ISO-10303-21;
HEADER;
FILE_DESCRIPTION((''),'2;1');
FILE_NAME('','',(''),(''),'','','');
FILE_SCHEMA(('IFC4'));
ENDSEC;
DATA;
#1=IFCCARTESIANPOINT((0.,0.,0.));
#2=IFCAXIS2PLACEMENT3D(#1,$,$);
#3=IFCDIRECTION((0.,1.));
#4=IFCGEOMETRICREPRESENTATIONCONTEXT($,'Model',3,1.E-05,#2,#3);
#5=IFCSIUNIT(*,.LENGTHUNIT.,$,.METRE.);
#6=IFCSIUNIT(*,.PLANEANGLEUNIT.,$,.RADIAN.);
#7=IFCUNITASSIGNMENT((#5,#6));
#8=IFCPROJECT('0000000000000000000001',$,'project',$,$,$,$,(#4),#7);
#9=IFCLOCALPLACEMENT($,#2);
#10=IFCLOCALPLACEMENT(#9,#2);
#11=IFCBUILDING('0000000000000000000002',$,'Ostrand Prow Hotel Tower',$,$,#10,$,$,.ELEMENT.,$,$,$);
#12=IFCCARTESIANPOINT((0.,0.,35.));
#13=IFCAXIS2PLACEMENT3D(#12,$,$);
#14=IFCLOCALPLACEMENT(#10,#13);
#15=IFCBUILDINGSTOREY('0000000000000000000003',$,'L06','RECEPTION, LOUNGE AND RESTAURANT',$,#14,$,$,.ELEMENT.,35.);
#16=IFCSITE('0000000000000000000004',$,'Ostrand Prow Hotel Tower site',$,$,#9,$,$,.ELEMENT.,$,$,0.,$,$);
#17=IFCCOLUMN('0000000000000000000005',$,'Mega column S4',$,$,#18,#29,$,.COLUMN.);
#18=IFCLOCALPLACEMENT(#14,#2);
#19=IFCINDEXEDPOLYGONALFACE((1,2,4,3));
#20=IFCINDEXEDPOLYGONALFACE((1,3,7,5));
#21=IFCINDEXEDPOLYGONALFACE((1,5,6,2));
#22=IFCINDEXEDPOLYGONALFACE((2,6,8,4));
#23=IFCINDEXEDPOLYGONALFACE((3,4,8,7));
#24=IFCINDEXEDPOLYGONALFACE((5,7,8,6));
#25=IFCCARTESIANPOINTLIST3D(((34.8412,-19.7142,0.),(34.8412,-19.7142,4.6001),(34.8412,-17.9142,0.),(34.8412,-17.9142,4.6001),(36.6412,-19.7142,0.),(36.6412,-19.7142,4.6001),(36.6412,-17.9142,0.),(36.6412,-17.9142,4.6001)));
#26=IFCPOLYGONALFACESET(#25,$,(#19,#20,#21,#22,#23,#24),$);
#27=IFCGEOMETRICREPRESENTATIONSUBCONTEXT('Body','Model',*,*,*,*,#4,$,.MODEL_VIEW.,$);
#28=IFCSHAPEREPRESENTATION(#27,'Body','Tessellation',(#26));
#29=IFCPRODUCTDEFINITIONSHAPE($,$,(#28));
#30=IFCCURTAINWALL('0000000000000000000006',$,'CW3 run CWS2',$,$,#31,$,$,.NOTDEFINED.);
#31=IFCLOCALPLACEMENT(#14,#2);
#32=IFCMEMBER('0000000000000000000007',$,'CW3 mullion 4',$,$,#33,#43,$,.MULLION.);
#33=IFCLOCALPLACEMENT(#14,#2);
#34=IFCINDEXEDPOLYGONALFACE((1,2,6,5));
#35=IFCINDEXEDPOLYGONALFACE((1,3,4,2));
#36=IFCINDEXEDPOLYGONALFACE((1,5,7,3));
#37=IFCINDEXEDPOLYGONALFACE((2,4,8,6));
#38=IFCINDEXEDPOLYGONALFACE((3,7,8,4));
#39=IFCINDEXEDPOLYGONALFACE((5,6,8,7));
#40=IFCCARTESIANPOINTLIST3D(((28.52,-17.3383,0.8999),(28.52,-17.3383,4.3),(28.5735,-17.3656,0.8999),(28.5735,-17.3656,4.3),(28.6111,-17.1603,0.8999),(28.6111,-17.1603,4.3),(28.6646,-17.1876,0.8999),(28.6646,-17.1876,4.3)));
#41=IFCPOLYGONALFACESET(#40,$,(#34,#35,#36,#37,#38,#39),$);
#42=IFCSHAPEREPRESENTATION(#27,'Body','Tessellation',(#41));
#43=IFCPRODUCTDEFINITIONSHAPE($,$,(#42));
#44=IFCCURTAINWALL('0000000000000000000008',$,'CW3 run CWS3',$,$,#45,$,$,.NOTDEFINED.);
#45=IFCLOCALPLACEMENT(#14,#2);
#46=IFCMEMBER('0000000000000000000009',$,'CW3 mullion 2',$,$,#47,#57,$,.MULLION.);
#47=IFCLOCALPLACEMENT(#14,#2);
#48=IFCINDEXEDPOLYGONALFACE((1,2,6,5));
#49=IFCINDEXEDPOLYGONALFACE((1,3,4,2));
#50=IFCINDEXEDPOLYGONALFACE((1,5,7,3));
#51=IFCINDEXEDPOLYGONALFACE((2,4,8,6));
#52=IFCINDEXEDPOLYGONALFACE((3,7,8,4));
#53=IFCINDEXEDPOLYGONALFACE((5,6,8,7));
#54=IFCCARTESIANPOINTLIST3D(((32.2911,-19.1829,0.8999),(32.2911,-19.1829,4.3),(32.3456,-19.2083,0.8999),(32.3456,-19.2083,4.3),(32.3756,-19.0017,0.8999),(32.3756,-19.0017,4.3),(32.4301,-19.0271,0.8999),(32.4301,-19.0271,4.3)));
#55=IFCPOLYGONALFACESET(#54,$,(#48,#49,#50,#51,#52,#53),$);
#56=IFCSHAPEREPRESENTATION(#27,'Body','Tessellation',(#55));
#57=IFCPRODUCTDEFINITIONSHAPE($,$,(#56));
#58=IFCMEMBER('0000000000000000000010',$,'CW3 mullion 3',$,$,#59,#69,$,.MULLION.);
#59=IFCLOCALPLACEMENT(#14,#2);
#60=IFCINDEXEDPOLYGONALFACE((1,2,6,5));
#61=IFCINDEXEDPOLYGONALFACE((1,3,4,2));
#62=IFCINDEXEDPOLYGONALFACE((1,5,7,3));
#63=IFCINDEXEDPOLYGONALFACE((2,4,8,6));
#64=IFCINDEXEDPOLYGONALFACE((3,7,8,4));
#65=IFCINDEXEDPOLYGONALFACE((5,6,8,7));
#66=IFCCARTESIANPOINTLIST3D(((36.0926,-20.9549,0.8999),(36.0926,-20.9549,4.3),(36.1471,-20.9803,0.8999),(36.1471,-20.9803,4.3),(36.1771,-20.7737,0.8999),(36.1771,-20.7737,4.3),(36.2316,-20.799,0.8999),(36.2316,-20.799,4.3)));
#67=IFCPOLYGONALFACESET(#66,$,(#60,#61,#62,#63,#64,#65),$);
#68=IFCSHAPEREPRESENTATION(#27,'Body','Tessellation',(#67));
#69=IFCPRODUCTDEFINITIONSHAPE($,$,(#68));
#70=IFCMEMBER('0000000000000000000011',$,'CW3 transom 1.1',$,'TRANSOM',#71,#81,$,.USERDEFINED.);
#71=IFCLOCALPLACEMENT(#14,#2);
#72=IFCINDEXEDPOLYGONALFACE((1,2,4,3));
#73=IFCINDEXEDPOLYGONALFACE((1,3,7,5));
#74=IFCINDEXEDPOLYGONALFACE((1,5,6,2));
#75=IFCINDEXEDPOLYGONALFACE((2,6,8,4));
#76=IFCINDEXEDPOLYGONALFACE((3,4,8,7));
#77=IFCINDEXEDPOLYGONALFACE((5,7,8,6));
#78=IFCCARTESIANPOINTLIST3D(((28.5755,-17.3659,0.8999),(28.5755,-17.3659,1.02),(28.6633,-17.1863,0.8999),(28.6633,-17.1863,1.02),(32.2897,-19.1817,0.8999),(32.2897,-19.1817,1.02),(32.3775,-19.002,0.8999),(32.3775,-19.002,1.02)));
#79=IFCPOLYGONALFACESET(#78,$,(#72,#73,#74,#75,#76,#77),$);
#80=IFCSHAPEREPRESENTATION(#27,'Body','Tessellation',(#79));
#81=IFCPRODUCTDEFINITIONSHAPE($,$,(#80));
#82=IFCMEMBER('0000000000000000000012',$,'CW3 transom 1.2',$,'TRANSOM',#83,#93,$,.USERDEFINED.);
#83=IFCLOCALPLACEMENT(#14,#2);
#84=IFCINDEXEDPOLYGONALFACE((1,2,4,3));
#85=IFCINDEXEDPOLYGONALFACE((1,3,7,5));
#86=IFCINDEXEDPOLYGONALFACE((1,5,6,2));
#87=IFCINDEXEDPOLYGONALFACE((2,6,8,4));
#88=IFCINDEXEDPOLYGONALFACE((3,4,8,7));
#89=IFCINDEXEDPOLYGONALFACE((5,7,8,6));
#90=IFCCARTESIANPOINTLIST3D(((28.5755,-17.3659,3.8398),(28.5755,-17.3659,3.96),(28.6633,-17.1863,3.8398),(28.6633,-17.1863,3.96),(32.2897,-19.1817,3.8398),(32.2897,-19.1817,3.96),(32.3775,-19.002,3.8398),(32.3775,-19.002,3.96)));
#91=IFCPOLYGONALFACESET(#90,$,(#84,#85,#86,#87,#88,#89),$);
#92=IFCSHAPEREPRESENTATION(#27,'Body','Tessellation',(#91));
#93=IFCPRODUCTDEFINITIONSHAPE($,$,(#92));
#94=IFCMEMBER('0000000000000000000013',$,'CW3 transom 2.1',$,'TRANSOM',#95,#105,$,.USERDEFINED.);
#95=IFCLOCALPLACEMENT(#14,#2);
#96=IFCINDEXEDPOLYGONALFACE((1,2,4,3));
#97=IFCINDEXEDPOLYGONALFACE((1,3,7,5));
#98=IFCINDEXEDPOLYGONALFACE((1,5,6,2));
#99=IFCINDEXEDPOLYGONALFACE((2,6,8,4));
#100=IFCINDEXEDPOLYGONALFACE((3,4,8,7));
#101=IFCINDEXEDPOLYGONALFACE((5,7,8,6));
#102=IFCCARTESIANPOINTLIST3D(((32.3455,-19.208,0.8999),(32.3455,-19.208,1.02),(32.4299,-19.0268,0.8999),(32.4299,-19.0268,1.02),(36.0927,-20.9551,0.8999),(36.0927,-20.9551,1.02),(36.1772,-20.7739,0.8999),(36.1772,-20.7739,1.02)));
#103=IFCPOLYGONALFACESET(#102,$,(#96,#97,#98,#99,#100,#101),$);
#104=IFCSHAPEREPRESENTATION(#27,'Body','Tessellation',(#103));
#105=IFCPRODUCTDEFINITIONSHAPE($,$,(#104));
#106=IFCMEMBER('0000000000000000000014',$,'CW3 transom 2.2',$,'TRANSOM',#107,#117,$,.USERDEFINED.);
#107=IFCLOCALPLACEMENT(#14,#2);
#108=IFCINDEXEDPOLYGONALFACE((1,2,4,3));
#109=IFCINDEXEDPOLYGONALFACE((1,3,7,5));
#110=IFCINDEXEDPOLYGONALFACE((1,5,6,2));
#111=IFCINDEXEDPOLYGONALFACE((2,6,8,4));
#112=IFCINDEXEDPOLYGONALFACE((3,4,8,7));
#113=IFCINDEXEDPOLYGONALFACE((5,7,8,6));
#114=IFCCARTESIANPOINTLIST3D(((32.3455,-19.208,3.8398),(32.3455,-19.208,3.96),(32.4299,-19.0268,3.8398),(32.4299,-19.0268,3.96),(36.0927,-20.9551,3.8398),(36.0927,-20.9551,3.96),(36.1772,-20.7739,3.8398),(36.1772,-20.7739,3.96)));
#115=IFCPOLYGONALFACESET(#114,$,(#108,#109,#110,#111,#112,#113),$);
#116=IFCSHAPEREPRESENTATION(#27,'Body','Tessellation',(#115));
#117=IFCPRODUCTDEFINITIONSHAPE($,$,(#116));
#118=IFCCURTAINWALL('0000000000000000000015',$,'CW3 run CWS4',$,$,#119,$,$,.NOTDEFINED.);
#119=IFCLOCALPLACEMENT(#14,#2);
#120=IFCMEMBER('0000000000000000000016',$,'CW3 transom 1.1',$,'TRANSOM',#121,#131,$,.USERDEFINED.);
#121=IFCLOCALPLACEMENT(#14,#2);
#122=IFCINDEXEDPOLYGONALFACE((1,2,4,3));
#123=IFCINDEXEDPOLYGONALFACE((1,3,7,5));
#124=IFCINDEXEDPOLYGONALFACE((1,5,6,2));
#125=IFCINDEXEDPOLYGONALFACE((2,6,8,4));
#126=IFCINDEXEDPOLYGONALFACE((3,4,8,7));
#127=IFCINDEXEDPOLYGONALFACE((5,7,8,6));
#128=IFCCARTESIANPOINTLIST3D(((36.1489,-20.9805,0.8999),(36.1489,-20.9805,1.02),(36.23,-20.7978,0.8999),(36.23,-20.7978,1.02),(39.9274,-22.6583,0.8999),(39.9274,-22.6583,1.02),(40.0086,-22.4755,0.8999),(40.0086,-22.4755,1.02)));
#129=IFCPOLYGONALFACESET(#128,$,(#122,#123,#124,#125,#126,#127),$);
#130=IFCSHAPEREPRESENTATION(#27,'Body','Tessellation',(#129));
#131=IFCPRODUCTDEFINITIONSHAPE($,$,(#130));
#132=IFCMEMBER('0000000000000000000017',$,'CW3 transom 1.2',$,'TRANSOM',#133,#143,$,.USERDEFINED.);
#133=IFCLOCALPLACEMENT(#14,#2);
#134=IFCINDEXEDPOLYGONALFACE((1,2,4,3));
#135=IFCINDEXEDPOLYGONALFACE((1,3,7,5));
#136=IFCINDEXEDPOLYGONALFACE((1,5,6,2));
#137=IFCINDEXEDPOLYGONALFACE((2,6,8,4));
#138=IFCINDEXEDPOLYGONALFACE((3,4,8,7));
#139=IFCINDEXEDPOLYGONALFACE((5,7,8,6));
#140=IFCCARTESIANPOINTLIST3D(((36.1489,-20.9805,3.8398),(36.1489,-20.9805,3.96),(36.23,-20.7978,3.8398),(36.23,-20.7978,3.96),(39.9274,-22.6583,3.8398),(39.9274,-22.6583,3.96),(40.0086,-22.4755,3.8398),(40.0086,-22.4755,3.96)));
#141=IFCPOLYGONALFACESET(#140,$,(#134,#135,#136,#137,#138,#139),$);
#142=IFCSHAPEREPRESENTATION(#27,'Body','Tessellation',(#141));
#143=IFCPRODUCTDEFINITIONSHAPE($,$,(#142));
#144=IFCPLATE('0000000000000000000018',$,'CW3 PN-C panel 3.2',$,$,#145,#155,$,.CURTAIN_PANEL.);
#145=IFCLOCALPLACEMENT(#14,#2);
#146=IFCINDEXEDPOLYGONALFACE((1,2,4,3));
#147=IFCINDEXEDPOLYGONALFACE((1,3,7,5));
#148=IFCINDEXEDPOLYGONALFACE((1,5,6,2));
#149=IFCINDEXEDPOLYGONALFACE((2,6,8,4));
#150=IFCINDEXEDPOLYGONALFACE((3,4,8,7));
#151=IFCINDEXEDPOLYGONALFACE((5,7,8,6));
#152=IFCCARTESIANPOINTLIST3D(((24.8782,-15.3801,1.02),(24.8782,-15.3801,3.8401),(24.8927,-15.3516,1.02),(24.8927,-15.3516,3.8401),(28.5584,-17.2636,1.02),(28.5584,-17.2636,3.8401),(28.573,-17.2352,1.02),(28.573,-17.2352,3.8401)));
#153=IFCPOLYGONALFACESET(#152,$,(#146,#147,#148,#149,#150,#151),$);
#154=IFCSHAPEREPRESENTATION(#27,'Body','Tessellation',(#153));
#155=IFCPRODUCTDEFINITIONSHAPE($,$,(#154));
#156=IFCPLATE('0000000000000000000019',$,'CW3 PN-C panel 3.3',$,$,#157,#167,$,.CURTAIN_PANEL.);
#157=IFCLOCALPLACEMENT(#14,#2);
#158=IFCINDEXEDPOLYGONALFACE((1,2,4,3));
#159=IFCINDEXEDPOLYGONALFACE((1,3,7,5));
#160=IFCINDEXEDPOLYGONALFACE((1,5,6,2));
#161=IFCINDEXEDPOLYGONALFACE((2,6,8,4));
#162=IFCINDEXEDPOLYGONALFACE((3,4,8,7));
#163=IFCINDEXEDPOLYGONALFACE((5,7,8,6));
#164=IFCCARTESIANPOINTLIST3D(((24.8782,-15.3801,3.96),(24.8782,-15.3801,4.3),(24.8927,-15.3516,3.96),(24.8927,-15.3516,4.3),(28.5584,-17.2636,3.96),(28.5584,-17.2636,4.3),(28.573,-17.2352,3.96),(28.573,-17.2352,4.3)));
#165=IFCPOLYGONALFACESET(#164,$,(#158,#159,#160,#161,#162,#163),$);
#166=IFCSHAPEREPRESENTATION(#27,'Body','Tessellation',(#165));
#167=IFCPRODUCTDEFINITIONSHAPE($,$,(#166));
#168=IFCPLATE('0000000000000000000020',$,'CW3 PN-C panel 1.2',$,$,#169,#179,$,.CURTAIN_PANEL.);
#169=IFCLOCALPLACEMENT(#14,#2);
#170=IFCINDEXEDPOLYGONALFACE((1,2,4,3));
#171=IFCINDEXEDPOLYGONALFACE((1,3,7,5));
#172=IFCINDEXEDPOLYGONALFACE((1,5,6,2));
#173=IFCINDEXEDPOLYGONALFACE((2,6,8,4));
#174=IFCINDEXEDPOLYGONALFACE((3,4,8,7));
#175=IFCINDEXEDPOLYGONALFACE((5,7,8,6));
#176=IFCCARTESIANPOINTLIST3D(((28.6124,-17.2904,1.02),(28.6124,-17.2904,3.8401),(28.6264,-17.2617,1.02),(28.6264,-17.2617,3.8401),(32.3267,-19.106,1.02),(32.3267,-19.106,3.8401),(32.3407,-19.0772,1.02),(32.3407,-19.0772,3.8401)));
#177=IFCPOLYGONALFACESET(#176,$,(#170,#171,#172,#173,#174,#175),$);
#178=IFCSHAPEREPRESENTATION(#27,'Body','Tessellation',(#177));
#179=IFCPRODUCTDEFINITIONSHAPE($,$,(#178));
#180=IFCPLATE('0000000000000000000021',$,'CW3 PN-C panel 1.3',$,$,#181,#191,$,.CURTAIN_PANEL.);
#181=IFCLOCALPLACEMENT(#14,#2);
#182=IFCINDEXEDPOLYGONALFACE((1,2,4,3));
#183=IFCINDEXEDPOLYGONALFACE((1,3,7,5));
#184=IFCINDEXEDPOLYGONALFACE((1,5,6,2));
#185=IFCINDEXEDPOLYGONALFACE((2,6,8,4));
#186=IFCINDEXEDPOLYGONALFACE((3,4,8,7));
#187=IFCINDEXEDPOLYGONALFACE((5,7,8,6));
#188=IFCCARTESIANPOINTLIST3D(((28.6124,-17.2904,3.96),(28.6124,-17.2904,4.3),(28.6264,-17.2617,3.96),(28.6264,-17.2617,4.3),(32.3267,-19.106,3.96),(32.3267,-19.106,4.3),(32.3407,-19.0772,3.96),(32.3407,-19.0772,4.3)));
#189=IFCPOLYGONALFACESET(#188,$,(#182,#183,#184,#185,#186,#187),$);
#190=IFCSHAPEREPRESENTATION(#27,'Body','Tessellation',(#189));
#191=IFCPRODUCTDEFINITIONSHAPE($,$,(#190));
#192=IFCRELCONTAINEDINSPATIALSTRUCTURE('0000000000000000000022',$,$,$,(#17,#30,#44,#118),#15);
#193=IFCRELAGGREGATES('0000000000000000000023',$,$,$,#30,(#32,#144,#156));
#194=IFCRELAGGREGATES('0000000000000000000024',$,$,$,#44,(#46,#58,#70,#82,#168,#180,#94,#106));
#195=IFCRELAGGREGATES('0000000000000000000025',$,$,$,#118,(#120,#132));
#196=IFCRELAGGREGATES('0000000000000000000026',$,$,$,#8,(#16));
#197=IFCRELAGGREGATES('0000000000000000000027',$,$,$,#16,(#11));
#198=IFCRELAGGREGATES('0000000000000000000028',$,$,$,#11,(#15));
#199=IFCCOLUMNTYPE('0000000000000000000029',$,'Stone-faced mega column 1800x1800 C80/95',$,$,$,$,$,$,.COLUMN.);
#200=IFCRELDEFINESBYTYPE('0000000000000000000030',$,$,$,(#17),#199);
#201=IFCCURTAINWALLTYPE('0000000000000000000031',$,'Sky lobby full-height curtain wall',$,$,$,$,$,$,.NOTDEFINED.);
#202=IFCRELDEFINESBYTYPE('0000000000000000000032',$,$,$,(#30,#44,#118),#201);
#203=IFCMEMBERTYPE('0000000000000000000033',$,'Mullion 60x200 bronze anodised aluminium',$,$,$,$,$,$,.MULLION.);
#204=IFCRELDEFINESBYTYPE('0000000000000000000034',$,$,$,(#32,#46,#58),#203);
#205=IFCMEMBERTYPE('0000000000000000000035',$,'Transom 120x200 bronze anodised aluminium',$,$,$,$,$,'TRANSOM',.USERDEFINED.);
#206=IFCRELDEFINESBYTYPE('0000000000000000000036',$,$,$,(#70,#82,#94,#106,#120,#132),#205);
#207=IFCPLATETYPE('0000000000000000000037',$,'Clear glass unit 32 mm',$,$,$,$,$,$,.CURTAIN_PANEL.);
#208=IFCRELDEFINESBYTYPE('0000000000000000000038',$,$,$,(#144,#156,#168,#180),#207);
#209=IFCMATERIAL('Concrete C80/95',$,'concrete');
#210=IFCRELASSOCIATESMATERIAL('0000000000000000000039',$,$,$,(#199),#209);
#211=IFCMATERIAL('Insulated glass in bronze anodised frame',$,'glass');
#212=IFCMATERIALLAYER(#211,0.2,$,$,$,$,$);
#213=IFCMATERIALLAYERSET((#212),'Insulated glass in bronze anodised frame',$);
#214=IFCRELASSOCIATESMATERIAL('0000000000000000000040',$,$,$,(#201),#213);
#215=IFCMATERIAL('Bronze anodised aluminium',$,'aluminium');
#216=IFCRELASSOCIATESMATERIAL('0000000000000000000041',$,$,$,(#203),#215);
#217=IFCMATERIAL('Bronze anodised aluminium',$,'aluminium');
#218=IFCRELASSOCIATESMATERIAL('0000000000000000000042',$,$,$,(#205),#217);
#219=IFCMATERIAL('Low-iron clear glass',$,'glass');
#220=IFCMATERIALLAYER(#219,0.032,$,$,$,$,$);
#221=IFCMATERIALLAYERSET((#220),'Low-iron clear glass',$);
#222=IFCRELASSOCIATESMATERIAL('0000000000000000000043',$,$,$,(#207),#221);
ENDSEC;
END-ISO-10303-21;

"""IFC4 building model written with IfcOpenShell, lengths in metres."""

from ifc_helpers import new_model, si_unit, direction, frame, origin, origin_2d, place, context, subcontext, project, spatial, rectangle, extrude, material, layer, layer_set, material_profile, profile_set, type_object, element, aggregate, save


model = new_model("IFC4")

# Units and contexts
model_context = context("Model", 3, precision=1e-05, world=origin(), true_north=direction((0.0, 1.0)))
body_context = subcontext(model_context, "Body", "Model", "MODEL_VIEW")
ifc_project = project(units=[si_unit("LENGTHUNIT", "METRE"), si_unit("PLANEANGLEUNIT", "RADIAN")], contexts=[model_context])

# Site, building, storey
site_placement = place(None, origin())
site = spatial("IfcSite", under=ifc_project, at=site_placement, Name="Ostrand Prow Hotel Tower site", CompositionType="ELEMENT", RefElevation=0.0)
building_placement = place(site_placement, origin())
building = spatial("IfcBuilding", under=site, at=building_placement, Name="Ostrand Prow Hotel Tower", CompositionType="ELEMENT")
storey_placement = place(building_placement, frame((0.0, 0.0, 35.0)))
storey = spatial("IfcBuildingStorey", under=building, at=storey_placement, Name="L06", Description="RECEPTION, LOUNGE AND RESTAURANT", CompositionType="ELEMENT", Elevation=35.0)

# Column
ifc_material_1 = material(Name="Concrete C80/95", Category="concrete")
ifc_material_profile_1 = material_profile(ifc_material_1, rectangle(XDim=1.8, YDim=1.8, at=origin_2d()), Name="RC 1800x1800")
ifc_profile_set_1 = profile_set([ifc_material_profile_1], Name="Concrete C80/95")
column_type = type_object("IfcColumnType", Name="Stone-faced mega column 1800x1800 C80/95", PredefinedType="COLUMN", material=ifc_profile_set_1)
column_placement = place(storey_placement, frame((35.7412, -18.8142, 0.0), z_axis=(0.0, 0.0, 1.0), x_axis=(1.0, 0.0, 0.0)))
element("IfcColumn", 1, at=column_placement, inside=storey, type_object=column_type, Name="Mega column S4", PredefinedType="COLUMN", context=body_context, shape_type="SweptSolid", body=[
    extrude(rectangle(XDim=1.8, YDim=1.8, at=origin_2d()), origin(), (0.0, 0.0, 1.0), 4.6001),
])

# Curtain wall, member
ifc_material_2 = material(Name="Insulated glass in bronze anodised frame", Category="glass")
ifc_layer_1 = layer(ifc_material_2, 0.2)
ifc_layer_set_1 = layer_set([ifc_layer_1], Name="Insulated glass in bronze anodised frame")
curtain_wall_type = type_object("IfcCurtainWallType", Name="Sky lobby full-height curtain wall", PredefinedType="NOTDEFINED", material=ifc_layer_set_1)
curtain_wall_1_placement = place(storey_placement, origin())
curtain_wall_1 = element("IfcCurtainWall", 2, at=curtain_wall_1_placement, inside=storey, type_object=curtain_wall_type, Name="CW3 run CWS2", PredefinedType="NOTDEFINED")
ifc_material_3 = material(Name="Bronze anodised aluminium", Category="aluminium")
ifc_material_profile_2 = material_profile(ifc_material_3, rectangle(XDim=0.2, YDim=0.0601, at=origin_2d()), Name="Mullion 60x200 bronze anodised aluminium")
ifc_profile_set_2 = profile_set([ifc_material_profile_2], Name="Bronze anodised aluminium")
member_type_1 = type_object("IfcMemberType", Name="Mullion 60x200 bronze anodised aluminium", PredefinedType="MULLION", material=ifc_profile_set_2)
member_1_placement = place(storey_placement, frame((28.5923, -17.2629, 0.8999), z_axis=(0.0, 0.0, 1.0), x_axis=(0.455596, 0.890187, 0.0)))
member_1 = element("IfcMember", 3, at=member_1_placement, type_object=member_type_1, Name="CW3 mullion 4", PredefinedType="MULLION", context=body_context, shape_type="SweptSolid", body=[
    extrude(rectangle(XDim=0.2, YDim=0.0601, at=origin_2d()), origin(), (0.0, 0.0, 1.0), 3.4001),
])

# Curtain walls, members
curtain_wall_2_placement = place(storey_placement, origin())
curtain_wall_2 = element("IfcCurtainWall", 4, at=curtain_wall_2_placement, inside=storey, type_object=curtain_wall_type, Name="CW3 run CWS3", PredefinedType="NOTDEFINED")
member_2_placement = place(storey_placement, frame((32.3606, -19.105, 0.8999), z_axis=(0.0, 0.0, 1.0), x_axis=(0.42253, 0.906349, 0.0)))
member_2 = element("IfcMember", 5, at=member_2_placement, type_object=member_type_1, Name="CW3 mullion 2", PredefinedType="MULLION", context=body_context, shape_type="SweptSolid", body=[
    extrude(rectangle(XDim=0.2, YDim=0.0601, at=origin_2d()), origin(), (0.0, 0.0, 1.0), 3.4001),
])
member_3_placement = place(storey_placement, frame((36.1621, -20.877, 0.8999), z_axis=(0.0, 0.0, 1.0), x_axis=(0.42253, 0.906349, 0.0)))
member_3 = element("IfcMember", 6, at=member_3_placement, type_object=member_type_1, Name="CW3 mullion 3", PredefinedType="MULLION", context=body_context, shape_type="SweptSolid", body=[
    extrude(rectangle(XDim=0.2, YDim=0.0601, at=origin_2d()), origin(), (0.0, 0.0, 1.0), 3.4001),
])
ifc_material_4 = material(Name="Bronze anodised aluminium", Category="aluminium")
ifc_material_profile_3 = material_profile(ifc_material_4, rectangle(XDim=0.2, YDim=0.1201, at=origin_2d()), Name="Transom 120x200 bronze anodised aluminium")
ifc_profile_set_3 = profile_set([ifc_material_profile_3], Name="Bronze anodised aluminium")
member_type_2 = type_object("IfcMemberType", Name="Transom 120x200 bronze anodised aluminium", ElementType="TRANSOM", PredefinedType="USERDEFINED", material=ifc_profile_set_3)
member_4_placement = place(storey_placement, frame((28.6194, -17.2761, 0.96), z_axis=(0.898395, -0.439188, 0.0), x_axis=(0.439188, 0.898395, 0.0)))
member_4 = element("IfcMember", 7, at=member_4_placement, type_object=member_type_2, Name="CW3 transom 1.1", ObjectType="TRANSOM", PredefinedType="USERDEFINED", context=body_context, shape_type="SweptSolid", body=[
    extrude(rectangle(XDim=0.2, YDim=0.1201, at=origin_2d()), origin(), (0.0, 0.0, 1.0), 4.1343),
])
member_5_placement = place(storey_placement, frame((28.6194, -17.2761, 3.8999), z_axis=(0.898395, -0.439188, 0.0), x_axis=(0.439188, 0.898395, 0.0)))
member_5 = element("IfcMember", 8, at=member_5_placement, type_object=member_type_2, Name="CW3 transom 1.2", ObjectType="TRANSOM", PredefinedType="USERDEFINED", context=body_context, shape_type="SweptSolid", body=[
    extrude(rectangle(XDim=0.2, YDim=0.1201, at=origin_2d()), origin(), (0.0, 0.0, 1.0), 4.1343),
])
member_6_placement = place(storey_placement, frame((32.3877, -19.1174, 0.96), z_axis=(0.906338, -0.422552, 0.0), x_axis=(0.422552, 0.906338, 0.0)))
member_6 = element("IfcMember", 9, at=member_6_placement, type_object=member_type_2, Name="CW3 transom 2.1", ObjectType="TRANSOM", PredefinedType="USERDEFINED", context=body_context, shape_type="SweptSolid", body=[
    extrude(rectangle(XDim=0.2, YDim=0.1201, at=origin_2d()), origin(), (0.0, 0.0, 1.0), 4.1345),
])
member_7_placement = place(storey_placement, frame((32.3877, -19.1174, 3.8999), z_axis=(0.906338, -0.422552, 0.0), x_axis=(0.422552, 0.906338, 0.0)))
member_7 = element("IfcMember", 10, at=member_7_placement, type_object=member_type_2, Name="CW3 transom 2.2", ObjectType="TRANSOM", PredefinedType="USERDEFINED", context=body_context, shape_type="SweptSolid", body=[
    extrude(rectangle(XDim=0.2, YDim=0.1201, at=origin_2d()), origin(), (0.0, 0.0, 1.0), 4.1345),
])
curtain_wall_3_placement = place(storey_placement, origin())
curtain_wall_3 = element("IfcCurtainWall", 11, at=curtain_wall_3_placement, inside=storey, type_object=curtain_wall_type, Name="CW3 run CWS4", PredefinedType="NOTDEFINED")
member_8_placement = place(storey_placement, frame((36.1895, -20.8892, 0.96), z_axis=(0.913958, -0.40581, 0.0), x_axis=(0.40581, 0.913958, 0.0)))
member_8 = element("IfcMember", 12, at=member_8_placement, type_object=member_type_2, Name="CW3 transom 1.1", ObjectType="TRANSOM", PredefinedType="USERDEFINED", context=body_context, shape_type="SweptSolid", body=[
    extrude(rectangle(XDim=0.2, YDim=0.1201, at=origin_2d()), origin(), (0.0, 0.0, 1.0), 4.1343),
])
member_9_placement = place(storey_placement, frame((36.1895, -20.8892, 3.8999), z_axis=(0.913958, -0.40581, 0.0), x_axis=(0.40581, 0.913958, 0.0)))
member_9 = element("IfcMember", 13, at=member_9_placement, type_object=member_type_2, Name="CW3 transom 1.2", ObjectType="TRANSOM", PredefinedType="USERDEFINED", context=body_context, shape_type="SweptSolid", body=[
    extrude(rectangle(XDim=0.2, YDim=0.1201, at=origin_2d()), origin(), (0.0, 0.0, 1.0), 4.1343),
])

# Plates
ifc_material_5 = material(Name="Low-iron clear glass", Category="glass")
ifc_layer_2 = layer(ifc_material_5, 0.032)
ifc_layer_set_2 = layer_set([ifc_layer_2], Name="Low-iron clear glass")
plate_type_1 = type_object("IfcPlateType", Name="Clear glass unit 32 mm", PredefinedType="CURTAIN_PANEL", material=ifc_layer_set_2)
plate_1_placement = place(storey_placement, frame((26.7256, -16.3076, 1.02), z_axis=(0.0, 0.0, 1.0), x_axis=(0.890187, -0.455596, 0.0)))
plate_1 = element("IfcPlate", 14, at=plate_1_placement, type_object=plate_type_1, Name="CW3 PN-C panel 3.2", PredefinedType="CURTAIN_PANEL", context=body_context, shape_type="SweptSolid", body=[
    extrude(rectangle(XDim=4.1343, YDim=0.032, at=origin_2d()), origin(), (0.0, 0.0, 1.0), 2.8201),
])
plate_2_placement = place(storey_placement, frame((26.7256, -16.3076, 3.96), z_axis=(0.0, 0.0, 1.0), x_axis=(0.890187, -0.455596, 0.0)))
plate_2 = element("IfcPlate", 15, at=plate_2_placement, type_object=plate_type_1, Name="CW3 PN-C panel 3.3", PredefinedType="CURTAIN_PANEL", context=body_context, shape_type="SweptSolid", body=[
    extrude(rectangle(XDim=4.1343, YDim=0.032, at=origin_2d()), origin(), (0.0, 0.0, 1.0), 0.3401),
])
aggregate(curtain_wall_1, [member_1, plate_1, plate_2])
plate_3_placement = place(storey_placement, frame((30.4766, -18.1838, 1.02), z_axis=(0.0, 0.0, 1.0), x_axis=(0.89842, -0.439138, 0.0)))
plate_3 = element("IfcPlate", 16, at=plate_3_placement, type_object=plate_type_1, Name="CW3 PN-C panel 1.2", PredefinedType="CURTAIN_PANEL", context=body_context, shape_type="SweptSolid", body=[
    extrude(rectangle(XDim=4.1343, YDim=0.032, at=origin_2d()), origin(), (0.0, 0.0, 1.0), 2.8201),
])
plate_4_placement = place(storey_placement, frame((30.4766, -18.1838, 3.96), z_axis=(0.0, 0.0, 1.0), x_axis=(0.89842, -0.439138, 0.0)))
plate_4 = element("IfcPlate", 17, at=plate_4_placement, type_object=plate_type_1, Name="CW3 PN-C panel 1.3", PredefinedType="CURTAIN_PANEL", context=body_context, shape_type="SweptSolid", body=[
    extrude(rectangle(XDim=4.1343, YDim=0.032, at=origin_2d()), origin(), (0.0, 0.0, 1.0), 0.3401),
])
aggregate(curtain_wall_2, [member_2, member_3, member_4, member_5, plate_3, plate_4, member_6, member_7])
aggregate(curtain_wall_3, [member_8, member_9])

save(model, "model.ifc")
